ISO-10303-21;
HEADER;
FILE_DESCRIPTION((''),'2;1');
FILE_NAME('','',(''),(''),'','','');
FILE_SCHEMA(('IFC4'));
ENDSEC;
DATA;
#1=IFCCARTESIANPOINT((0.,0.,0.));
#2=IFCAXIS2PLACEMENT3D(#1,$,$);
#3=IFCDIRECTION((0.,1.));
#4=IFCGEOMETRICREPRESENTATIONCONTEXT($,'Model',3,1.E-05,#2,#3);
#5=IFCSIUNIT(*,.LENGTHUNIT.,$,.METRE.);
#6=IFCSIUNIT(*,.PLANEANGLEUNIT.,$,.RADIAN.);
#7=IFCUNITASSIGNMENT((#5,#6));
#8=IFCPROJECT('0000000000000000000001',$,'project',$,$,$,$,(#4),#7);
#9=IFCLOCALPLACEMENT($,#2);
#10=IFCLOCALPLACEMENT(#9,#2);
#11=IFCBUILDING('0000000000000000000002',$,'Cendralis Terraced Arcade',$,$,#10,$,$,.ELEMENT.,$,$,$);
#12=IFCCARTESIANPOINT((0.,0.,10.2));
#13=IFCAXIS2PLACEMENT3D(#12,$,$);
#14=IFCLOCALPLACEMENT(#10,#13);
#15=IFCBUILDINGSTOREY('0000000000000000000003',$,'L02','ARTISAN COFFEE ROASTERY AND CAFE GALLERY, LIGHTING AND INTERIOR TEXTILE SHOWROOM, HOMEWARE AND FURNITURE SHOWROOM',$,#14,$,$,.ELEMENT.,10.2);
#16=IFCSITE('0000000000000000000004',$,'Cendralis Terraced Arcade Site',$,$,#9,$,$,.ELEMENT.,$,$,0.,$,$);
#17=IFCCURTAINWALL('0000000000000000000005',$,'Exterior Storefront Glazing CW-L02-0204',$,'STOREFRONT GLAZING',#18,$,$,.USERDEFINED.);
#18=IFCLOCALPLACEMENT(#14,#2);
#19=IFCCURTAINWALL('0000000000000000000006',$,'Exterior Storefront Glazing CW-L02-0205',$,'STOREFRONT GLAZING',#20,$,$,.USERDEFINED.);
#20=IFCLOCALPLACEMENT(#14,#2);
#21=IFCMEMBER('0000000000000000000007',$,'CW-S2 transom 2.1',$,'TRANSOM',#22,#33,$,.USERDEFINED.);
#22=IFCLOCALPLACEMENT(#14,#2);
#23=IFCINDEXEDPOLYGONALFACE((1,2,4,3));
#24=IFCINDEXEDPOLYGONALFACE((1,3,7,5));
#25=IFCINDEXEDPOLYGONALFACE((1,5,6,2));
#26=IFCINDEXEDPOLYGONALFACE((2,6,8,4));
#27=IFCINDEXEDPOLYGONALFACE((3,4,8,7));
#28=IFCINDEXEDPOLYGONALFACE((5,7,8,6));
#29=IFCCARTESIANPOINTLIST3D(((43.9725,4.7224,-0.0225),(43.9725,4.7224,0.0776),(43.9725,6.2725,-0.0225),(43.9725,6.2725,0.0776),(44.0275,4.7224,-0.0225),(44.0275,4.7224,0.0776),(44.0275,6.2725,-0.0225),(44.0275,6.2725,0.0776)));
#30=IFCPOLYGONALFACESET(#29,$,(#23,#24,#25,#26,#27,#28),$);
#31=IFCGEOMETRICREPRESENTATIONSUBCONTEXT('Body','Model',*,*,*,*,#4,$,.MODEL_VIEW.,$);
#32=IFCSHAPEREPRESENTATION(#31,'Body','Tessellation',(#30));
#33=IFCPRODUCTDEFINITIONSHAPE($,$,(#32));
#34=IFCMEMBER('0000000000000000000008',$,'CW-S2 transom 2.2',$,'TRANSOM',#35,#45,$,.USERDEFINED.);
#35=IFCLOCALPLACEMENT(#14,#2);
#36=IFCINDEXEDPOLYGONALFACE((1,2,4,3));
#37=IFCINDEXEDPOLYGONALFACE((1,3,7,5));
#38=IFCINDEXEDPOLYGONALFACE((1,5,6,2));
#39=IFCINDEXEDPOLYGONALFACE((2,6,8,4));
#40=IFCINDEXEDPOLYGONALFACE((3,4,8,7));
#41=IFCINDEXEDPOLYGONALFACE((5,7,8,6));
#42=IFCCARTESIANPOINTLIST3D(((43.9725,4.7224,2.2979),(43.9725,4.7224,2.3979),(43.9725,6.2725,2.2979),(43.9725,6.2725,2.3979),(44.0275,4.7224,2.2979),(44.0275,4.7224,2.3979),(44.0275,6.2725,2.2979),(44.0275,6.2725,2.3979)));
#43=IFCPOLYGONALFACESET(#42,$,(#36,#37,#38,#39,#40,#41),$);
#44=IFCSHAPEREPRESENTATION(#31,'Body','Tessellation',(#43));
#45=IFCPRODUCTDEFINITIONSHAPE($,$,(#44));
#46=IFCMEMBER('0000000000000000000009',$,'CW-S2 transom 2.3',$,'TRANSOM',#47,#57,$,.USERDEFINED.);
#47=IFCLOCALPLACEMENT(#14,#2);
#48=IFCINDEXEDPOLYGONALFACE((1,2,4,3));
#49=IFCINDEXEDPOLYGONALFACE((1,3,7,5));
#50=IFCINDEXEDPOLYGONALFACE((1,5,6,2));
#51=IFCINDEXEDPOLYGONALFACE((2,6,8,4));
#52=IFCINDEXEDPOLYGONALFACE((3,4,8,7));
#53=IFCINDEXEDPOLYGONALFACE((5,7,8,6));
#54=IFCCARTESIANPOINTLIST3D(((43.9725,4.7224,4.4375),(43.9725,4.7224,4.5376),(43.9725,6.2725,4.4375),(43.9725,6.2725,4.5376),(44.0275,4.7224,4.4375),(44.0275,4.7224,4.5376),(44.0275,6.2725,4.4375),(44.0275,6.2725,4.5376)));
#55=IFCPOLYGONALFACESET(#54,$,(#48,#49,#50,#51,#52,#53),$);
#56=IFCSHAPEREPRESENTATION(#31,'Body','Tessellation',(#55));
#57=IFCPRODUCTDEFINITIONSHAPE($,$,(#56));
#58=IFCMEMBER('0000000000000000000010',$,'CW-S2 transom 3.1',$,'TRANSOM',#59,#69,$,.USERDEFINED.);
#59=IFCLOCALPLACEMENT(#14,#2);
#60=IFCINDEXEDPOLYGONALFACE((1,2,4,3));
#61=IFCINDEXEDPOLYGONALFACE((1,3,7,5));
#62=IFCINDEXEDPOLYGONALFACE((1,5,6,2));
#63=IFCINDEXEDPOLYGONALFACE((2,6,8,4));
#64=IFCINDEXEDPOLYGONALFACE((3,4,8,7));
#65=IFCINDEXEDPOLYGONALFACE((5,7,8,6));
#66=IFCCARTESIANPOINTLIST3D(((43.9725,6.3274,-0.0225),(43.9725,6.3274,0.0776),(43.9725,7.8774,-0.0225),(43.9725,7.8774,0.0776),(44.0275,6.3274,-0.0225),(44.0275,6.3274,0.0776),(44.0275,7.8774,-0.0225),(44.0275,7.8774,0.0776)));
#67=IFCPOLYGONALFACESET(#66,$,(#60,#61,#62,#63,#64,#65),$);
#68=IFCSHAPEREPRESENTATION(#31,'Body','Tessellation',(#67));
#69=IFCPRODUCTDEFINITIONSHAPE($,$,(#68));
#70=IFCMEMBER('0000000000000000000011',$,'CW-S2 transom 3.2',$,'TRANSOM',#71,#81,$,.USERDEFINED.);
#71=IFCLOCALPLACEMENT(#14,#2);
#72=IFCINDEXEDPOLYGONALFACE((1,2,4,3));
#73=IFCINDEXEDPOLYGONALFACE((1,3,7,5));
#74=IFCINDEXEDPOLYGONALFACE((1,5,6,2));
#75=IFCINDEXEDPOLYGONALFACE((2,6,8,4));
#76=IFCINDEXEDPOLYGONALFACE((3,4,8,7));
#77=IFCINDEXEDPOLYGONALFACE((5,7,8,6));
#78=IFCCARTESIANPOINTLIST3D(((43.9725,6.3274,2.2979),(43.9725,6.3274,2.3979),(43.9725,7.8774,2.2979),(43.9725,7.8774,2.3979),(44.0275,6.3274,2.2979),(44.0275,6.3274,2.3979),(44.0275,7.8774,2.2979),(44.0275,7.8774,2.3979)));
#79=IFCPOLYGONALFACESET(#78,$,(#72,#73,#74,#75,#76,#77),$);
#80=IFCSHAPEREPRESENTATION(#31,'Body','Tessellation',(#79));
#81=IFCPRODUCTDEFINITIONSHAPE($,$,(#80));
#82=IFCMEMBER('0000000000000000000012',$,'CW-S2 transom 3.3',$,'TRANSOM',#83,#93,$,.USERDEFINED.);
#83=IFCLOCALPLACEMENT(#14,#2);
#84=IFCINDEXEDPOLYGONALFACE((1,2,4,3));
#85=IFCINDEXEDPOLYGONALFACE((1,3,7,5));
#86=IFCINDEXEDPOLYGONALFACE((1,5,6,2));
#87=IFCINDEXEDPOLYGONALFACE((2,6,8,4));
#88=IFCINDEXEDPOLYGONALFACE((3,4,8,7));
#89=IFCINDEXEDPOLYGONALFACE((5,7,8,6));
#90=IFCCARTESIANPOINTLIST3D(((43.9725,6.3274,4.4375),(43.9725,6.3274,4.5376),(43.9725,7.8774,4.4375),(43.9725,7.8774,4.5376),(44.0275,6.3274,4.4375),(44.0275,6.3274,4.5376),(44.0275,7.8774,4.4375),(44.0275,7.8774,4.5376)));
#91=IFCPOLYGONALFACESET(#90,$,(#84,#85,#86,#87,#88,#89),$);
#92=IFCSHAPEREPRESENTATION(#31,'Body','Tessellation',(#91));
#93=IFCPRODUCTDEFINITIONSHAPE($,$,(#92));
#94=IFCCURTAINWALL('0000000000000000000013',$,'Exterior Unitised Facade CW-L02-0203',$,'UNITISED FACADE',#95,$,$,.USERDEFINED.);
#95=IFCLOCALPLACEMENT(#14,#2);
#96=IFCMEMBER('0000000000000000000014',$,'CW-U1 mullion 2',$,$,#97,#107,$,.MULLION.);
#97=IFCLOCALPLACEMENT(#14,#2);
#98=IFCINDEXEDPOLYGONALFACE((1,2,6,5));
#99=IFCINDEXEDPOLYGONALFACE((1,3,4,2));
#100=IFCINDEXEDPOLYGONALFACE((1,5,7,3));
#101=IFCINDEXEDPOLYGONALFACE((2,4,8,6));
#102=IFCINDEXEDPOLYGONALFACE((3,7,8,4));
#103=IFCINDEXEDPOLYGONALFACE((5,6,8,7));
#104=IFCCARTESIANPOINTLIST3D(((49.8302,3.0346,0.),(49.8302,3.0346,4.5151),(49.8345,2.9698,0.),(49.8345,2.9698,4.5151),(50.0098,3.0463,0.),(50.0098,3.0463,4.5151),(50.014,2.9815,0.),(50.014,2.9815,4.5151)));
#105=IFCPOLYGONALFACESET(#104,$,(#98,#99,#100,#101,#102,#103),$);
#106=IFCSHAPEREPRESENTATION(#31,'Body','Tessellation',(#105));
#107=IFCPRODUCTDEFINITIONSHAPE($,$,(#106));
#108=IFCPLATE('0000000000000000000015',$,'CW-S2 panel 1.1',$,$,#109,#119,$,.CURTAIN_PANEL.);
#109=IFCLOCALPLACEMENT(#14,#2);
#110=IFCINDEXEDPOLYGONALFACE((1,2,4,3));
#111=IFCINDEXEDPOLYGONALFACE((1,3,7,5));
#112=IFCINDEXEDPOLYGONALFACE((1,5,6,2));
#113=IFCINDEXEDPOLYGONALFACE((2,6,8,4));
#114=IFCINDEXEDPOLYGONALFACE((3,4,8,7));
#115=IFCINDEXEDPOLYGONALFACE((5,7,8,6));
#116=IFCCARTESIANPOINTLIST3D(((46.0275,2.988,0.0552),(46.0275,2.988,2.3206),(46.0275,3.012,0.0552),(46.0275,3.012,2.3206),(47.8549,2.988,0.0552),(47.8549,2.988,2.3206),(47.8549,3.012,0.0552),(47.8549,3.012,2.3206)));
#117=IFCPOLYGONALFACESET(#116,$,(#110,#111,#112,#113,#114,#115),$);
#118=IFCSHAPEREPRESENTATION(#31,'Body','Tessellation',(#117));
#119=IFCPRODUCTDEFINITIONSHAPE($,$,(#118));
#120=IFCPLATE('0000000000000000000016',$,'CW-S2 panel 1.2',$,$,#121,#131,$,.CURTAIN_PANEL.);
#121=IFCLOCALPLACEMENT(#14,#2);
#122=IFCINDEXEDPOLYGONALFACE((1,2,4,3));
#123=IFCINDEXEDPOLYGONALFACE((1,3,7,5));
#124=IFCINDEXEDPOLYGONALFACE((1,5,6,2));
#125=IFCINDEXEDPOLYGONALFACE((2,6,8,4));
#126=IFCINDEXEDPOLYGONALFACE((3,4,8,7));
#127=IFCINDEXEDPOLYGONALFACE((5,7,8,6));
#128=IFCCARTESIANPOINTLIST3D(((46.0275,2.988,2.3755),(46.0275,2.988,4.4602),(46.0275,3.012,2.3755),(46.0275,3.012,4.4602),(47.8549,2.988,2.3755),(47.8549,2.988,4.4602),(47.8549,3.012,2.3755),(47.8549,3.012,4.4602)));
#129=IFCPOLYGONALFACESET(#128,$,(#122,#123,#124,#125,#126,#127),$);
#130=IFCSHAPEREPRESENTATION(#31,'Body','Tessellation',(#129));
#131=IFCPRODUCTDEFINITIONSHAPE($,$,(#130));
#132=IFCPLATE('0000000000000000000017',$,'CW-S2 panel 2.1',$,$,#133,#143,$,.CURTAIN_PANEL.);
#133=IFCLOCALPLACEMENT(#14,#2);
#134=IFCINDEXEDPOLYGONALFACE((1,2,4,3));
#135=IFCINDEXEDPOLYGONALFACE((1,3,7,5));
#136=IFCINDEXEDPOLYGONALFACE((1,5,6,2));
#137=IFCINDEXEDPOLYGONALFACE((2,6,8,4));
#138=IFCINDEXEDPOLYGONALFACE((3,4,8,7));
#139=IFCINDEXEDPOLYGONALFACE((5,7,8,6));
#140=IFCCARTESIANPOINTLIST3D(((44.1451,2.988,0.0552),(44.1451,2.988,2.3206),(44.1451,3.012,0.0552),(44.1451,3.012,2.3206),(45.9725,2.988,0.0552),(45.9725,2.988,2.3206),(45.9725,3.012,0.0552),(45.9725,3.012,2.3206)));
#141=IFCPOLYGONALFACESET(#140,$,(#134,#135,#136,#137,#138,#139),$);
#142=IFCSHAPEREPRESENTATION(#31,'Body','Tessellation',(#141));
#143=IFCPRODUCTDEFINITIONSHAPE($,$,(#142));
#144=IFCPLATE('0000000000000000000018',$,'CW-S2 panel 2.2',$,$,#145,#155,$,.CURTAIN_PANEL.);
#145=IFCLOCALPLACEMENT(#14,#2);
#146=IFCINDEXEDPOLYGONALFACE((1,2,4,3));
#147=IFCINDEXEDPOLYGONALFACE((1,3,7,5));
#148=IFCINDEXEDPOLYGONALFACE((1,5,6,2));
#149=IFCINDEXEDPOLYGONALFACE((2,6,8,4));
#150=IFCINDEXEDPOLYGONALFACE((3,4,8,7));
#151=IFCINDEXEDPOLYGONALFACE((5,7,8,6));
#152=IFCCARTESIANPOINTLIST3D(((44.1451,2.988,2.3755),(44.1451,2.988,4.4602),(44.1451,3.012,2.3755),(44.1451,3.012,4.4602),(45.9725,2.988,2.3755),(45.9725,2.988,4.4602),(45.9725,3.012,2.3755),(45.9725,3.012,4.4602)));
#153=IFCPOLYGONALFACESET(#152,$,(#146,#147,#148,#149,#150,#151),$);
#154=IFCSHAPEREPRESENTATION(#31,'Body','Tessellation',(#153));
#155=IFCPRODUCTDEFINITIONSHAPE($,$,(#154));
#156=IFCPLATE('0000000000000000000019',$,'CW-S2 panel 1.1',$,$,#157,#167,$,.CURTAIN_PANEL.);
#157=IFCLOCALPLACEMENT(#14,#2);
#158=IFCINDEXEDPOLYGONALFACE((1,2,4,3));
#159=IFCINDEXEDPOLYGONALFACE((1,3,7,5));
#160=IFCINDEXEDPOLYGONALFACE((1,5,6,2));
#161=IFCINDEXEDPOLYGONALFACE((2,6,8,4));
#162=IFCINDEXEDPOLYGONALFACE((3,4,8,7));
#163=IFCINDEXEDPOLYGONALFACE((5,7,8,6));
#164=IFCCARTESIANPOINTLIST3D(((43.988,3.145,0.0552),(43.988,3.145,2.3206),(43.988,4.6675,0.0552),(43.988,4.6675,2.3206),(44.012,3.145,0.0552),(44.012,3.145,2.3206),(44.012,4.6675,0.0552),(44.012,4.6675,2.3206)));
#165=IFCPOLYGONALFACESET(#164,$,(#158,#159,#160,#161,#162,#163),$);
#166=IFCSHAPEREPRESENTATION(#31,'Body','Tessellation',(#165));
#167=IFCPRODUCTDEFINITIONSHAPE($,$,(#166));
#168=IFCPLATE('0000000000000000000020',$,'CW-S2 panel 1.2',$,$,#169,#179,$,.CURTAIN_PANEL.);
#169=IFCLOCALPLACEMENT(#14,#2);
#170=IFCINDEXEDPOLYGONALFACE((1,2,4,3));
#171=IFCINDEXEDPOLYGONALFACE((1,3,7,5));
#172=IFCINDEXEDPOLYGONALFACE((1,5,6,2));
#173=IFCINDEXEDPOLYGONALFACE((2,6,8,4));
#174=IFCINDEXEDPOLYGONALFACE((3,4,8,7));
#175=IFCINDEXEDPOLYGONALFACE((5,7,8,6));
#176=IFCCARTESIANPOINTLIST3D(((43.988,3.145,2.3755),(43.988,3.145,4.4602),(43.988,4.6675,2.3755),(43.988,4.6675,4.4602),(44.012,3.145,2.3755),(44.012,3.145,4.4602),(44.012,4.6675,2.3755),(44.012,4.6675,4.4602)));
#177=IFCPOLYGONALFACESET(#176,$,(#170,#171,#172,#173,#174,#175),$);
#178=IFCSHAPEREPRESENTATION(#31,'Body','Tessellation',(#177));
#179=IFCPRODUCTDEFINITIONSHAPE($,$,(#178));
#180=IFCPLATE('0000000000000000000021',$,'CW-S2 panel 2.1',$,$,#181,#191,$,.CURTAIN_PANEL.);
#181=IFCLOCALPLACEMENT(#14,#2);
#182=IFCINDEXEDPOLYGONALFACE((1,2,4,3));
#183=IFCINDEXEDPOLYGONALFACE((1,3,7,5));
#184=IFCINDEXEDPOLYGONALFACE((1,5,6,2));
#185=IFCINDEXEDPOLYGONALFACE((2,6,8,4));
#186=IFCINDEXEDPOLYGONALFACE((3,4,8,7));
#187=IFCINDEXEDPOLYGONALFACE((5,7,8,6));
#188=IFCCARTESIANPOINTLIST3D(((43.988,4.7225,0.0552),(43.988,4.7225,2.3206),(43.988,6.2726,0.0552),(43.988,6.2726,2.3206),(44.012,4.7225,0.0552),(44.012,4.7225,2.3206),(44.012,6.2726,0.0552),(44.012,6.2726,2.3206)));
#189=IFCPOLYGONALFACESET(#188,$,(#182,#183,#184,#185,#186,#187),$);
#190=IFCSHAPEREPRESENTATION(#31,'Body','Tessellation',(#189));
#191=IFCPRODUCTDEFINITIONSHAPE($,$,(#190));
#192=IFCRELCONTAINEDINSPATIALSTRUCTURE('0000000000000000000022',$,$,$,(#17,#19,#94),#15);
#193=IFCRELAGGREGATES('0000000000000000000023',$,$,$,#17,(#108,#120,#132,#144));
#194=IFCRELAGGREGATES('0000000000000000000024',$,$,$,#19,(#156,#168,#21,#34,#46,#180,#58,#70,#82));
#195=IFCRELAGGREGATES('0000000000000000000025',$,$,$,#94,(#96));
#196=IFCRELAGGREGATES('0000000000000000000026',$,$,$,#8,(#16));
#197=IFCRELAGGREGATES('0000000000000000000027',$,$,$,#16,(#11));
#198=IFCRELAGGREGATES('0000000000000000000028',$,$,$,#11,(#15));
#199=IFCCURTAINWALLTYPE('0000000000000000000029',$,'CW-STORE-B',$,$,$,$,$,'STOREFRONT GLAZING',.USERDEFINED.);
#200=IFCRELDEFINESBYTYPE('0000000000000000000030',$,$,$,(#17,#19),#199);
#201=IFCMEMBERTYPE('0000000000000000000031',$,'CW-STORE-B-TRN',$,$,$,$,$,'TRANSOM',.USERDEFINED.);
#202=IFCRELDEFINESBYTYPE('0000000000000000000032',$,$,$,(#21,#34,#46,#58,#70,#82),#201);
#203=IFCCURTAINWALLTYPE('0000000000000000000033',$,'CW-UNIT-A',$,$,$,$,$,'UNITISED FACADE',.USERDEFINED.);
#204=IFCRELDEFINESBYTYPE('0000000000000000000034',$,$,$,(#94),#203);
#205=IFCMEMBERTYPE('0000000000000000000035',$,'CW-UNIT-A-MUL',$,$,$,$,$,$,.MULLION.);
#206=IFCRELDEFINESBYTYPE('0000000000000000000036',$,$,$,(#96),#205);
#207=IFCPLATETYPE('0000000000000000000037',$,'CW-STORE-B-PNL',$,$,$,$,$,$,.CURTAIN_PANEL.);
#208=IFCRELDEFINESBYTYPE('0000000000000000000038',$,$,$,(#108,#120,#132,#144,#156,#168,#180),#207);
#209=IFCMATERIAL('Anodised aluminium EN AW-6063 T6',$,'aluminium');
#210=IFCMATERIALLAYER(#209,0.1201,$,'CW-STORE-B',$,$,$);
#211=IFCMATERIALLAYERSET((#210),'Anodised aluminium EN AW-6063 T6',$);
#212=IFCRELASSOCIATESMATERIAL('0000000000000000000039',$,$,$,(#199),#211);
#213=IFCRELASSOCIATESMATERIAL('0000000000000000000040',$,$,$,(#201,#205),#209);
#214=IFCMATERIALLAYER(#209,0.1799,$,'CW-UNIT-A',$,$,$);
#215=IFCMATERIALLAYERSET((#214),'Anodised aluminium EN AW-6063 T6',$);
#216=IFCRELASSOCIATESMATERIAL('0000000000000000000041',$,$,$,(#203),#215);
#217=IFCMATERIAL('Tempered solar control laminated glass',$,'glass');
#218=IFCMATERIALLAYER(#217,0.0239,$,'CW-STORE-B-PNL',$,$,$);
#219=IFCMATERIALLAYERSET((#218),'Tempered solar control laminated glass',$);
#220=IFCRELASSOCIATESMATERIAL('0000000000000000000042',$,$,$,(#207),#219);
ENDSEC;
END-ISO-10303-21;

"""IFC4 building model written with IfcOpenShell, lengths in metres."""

from ifc_helpers import new_model, si_unit, direction, frame, origin, origin_2d, place, context, subcontext, project, spatial, rectangle, extrude, material, layer, layer_set, material_profile, profile_set, type_object, element, aggregate, save


model = new_model("IFC4")

# Units and contexts
model_context = context("Model", 3, precision=1e-05, world=origin(), true_north=direction((0.0, 1.0)))
body_context = subcontext(model_context, "Body", "Model", "MODEL_VIEW")
ifc_project = project(units=[si_unit("LENGTHUNIT", "METRE"), si_unit("PLANEANGLEUNIT", "RADIAN")], contexts=[model_context])

# Site, building, storey
site_placement = place(None, origin())
site = spatial("IfcSite", under=ifc_project, at=site_placement, Name="Cendralis Terraced Arcade Site", CompositionType="ELEMENT", RefElevation=0.0)
building_placement = place(site_placement, origin())
building = spatial("IfcBuilding", under=site, at=building_placement, Name="Cendralis Terraced Arcade", CompositionType="ELEMENT")
storey_placement = place(building_placement, frame((0.0, 0.0, 10.2)))
storey = spatial("IfcBuildingStorey", under=building, at=storey_placement, Name="L02", Description="ARTISAN COFFEE ROASTERY AND CAFE GALLERY, LIGHTING AND INTERIOR TEXTILE SHOWROOM, HOMEWARE AND FURNITURE SHOWROOM", CompositionType="ELEMENT", Elevation=10.2)

# Curtain walls
ifc_material_1 = material(Name="Anodised aluminium EN AW-6063 T6", Category="aluminium")
ifc_layer_1 = layer(ifc_material_1, 0.1201, Name="CW-STORE-B")
ifc_layer_set_1 = layer_set([ifc_layer_1], Name="Anodised aluminium EN AW-6063 T6")
curtain_wall_type_1 = type_object("IfcCurtainWallType", Name="CW-STORE-B", ElementType="STOREFRONT GLAZING", PredefinedType="USERDEFINED", material=ifc_layer_set_1)
curtain_wall_1_placement = place(storey_placement, origin())
curtain_wall_1 = element("IfcCurtainWall", 1, at=curtain_wall_1_placement, inside=storey, type_object=curtain_wall_type_1, Name="Exterior Storefront Glazing CW-L02-0204", ObjectType="STOREFRONT GLAZING", PredefinedType="USERDEFINED")
curtain_wall_2_placement = place(storey_placement, origin())
curtain_wall_2 = element("IfcCurtainWall", 2, at=curtain_wall_2_placement, inside=storey, type_object=curtain_wall_type_1, Name="Exterior Storefront Glazing CW-L02-0205", ObjectType="STOREFRONT GLAZING", PredefinedType="USERDEFINED")

# Members
ifc_material_profile_1 = material_profile(ifc_material_1, rectangle(XDim=0.0549, YDim=0.1001, at=origin_2d()), Name="ALU-TRN-55x100")
ifc_profile_set_1 = profile_set([ifc_material_profile_1], Name="Anodised aluminium EN AW-6063 T6")
member_type_1 = type_object("IfcMemberType", Name="CW-STORE-B-TRN", ElementType="TRANSOM", PredefinedType="USERDEFINED", material=ifc_profile_set_1)
member_1_placement = place(storey_placement, frame((44.0, 4.7224, 0.0276), z_axis=(0.0, 1.0, 0.0), x_axis=(-1.0, 0.0, 0.0)))
member_1 = element("IfcMember", 3, at=member_1_placement, type_object=member_type_1, Name="CW-S2 transom 2.1", ObjectType="TRANSOM", PredefinedType="USERDEFINED", context=body_context, shape_type="SweptSolid", body=[
    extrude(rectangle(XDim=0.0549, YDim=0.1001, at=origin_2d()), origin(), (0.0, 0.0, 1.0), 1.55),
])
member_2_placement = place(storey_placement, frame((44.0, 4.7224, 2.3479), z_axis=(0.0, 1.0, 0.0), x_axis=(-1.0, 0.0, 0.0)))
member_2 = element("IfcMember", 4, at=member_2_placement, type_object=member_type_1, Name="CW-S2 transom 2.2", ObjectType="TRANSOM", PredefinedType="USERDEFINED", context=body_context, shape_type="SweptSolid", body=[
    extrude(rectangle(XDim=0.0549, YDim=0.1001, at=origin_2d()), origin(), (0.0, 0.0, 1.0), 1.55),
])
member_3_placement = place(storey_placement, frame((44.0, 4.7224, 4.4875), z_axis=(0.0, 1.0, 0.0), x_axis=(-1.0, 0.0, 0.0)))
member_3 = element("IfcMember", 5, at=member_3_placement, type_object=member_type_1, Name="CW-S2 transom 2.3", ObjectType="TRANSOM", PredefinedType="USERDEFINED", context=body_context, shape_type="SweptSolid", body=[
    extrude(rectangle(XDim=0.0549, YDim=0.1001, at=origin_2d()), origin(), (0.0, 0.0, 1.0), 1.55),
])
member_4_placement = place(storey_placement, frame((44.0, 6.3274, 0.0276), z_axis=(0.0, 1.0, 0.0), x_axis=(-1.0, 0.0, 0.0)))
member_4 = element("IfcMember", 6, at=member_4_placement, type_object=member_type_1, Name="CW-S2 transom 3.1", ObjectType="TRANSOM", PredefinedType="USERDEFINED", context=body_context, shape_type="SweptSolid", body=[
    extrude(rectangle(XDim=0.0549, YDim=0.1001, at=origin_2d()), origin(), (0.0, 0.0, 1.0), 1.55),
])
member_5_placement = place(storey_placement, frame((44.0, 6.3274, 2.3479), z_axis=(0.0, 1.0, 0.0), x_axis=(-1.0, 0.0, 0.0)))
member_5 = element("IfcMember", 7, at=member_5_placement, type_object=member_type_1, Name="CW-S2 transom 3.2", ObjectType="TRANSOM", PredefinedType="USERDEFINED", context=body_context, shape_type="SweptSolid", body=[
    extrude(rectangle(XDim=0.0549, YDim=0.1001, at=origin_2d()), origin(), (0.0, 0.0, 1.0), 1.55),
])
member_6_placement = place(storey_placement, frame((44.0, 6.3274, 4.4875), z_axis=(0.0, 1.0, 0.0), x_axis=(-1.0, 0.0, 0.0)))
member_6 = element("IfcMember", 8, at=member_6_placement, type_object=member_type_1, Name="CW-S2 transom 3.3", ObjectType="TRANSOM", PredefinedType="USERDEFINED", context=body_context, shape_type="SweptSolid", body=[
    extrude(rectangle(XDim=0.0549, YDim=0.1001, at=origin_2d()), origin(), (0.0, 0.0, 1.0), 1.55),
])

# Curtain wall, member
ifc_layer_2 = layer(ifc_material_1, 0.1799, Name="CW-UNIT-A")
ifc_layer_set_2 = layer_set([ifc_layer_2], Name="Anodised aluminium EN AW-6063 T6")
curtain_wall_type_2 = type_object("IfcCurtainWallType", Name="CW-UNIT-A", ElementType="UNITISED FACADE", PredefinedType="USERDEFINED", material=ifc_layer_set_2)
curtain_wall_3_placement = place(storey_placement, origin())
curtain_wall_3 = element("IfcCurtainWall", 9, at=curtain_wall_3_placement, inside=storey, type_object=curtain_wall_type_2, Name="Exterior Unitised Facade CW-L02-0203", ObjectType="UNITISED FACADE", PredefinedType="USERDEFINED")
ifc_material_profile_2 = material_profile(ifc_material_1, rectangle(XDim=0.0649, YDim=0.1799, at=origin_2d()), Name="ALU-MUL-65x180")
ifc_profile_set_2 = profile_set([ifc_material_profile_2], Name="Anodised aluminium EN AW-6063 T6")
member_type_2 = type_object("IfcMemberType", Name="CW-UNIT-A-MUL", PredefinedType="MULLION", material=ifc_profile_set_2)
member_7_placement = place(storey_placement, frame((49.9221, 3.0081, 0.0), z_axis=(0.0, 0.0, 1.0), x_axis=(0.065372, -0.997861, 0.0)))
member_7 = element("IfcMember", 10, at=member_7_placement, type_object=member_type_2, Name="CW-U1 mullion 2", PredefinedType="MULLION", context=body_context, shape_type="SweptSolid", body=[
    extrude(rectangle(XDim=0.0649, YDim=0.1799, at=origin_2d()), origin(), (0.0, 0.0, 1.0), 4.5151),
])

# Plates
ifc_material_2 = material(Name="Tempered solar control laminated glass", Category="glass")
ifc_layer_3 = layer(ifc_material_2, 0.0239, Name="CW-STORE-B-PNL")
ifc_layer_set_3 = layer_set([ifc_layer_3], Name="Tempered solar control laminated glass")
plate_type_1 = type_object("IfcPlateType", Name="CW-STORE-B-PNL", PredefinedType="CURTAIN_PANEL", material=ifc_layer_set_3)
plate_1_placement = place(storey_placement, frame((46.9412, 3.0, 0.0552), z_axis=(0.0, 0.0, 1.0), x_axis=(-1.0, 0.0, 0.0)))
plate_1 = element("IfcPlate", 11, at=plate_1_placement, type_object=plate_type_1, Name="CW-S2 panel 1.1", PredefinedType="CURTAIN_PANEL", context=body_context, shape_type="SweptSolid", body=[
    extrude(rectangle(XDim=1.8274, YDim=0.0239, at=origin_2d()), origin(), (0.0, 0.0, 1.0), 2.2654),
])
plate_2_placement = place(storey_placement, frame((46.9412, 3.0, 2.3755), z_axis=(0.0, 0.0, 1.0), x_axis=(-1.0, 0.0, 0.0)))
plate_2 = element("IfcPlate", 12, at=plate_2_placement, type_object=plate_type_1, Name="CW-S2 panel 1.2", PredefinedType="CURTAIN_PANEL", context=body_context, shape_type="SweptSolid", body=[
    extrude(rectangle(XDim=1.8274, YDim=0.0239, at=origin_2d()), origin(), (0.0, 0.0, 1.0), 2.0847),
])
plate_3_placement = place(storey_placement, frame((45.0588, 3.0, 0.0552), z_axis=(0.0, 0.0, 1.0), x_axis=(-1.0, 0.0, 0.0)))
plate_3 = element("IfcPlate", 13, at=plate_3_placement, type_object=plate_type_1, Name="CW-S2 panel 2.1", PredefinedType="CURTAIN_PANEL", context=body_context, shape_type="SweptSolid", body=[
    extrude(rectangle(XDim=1.8274, YDim=0.0239, at=origin_2d()), origin(), (0.0, 0.0, 1.0), 2.2654),
])
plate_4_placement = place(storey_placement, frame((45.0588, 3.0, 2.3755), z_axis=(0.0, 0.0, 1.0), x_axis=(-1.0, 0.0, 0.0)))
plate_4 = element("IfcPlate", 14, at=plate_4_placement, type_object=plate_type_1, Name="CW-S2 panel 2.2", PredefinedType="CURTAIN_PANEL", context=body_context, shape_type="SweptSolid", body=[
    extrude(rectangle(XDim=1.8274, YDim=0.0239, at=origin_2d()), origin(), (0.0, 0.0, 1.0), 2.0847),
])
aggregate(curtain_wall_1, [plate_1, plate_2, plate_3, plate_4])
plate_5_placement = place(storey_placement, frame((44.0, 3.9062, 0.0552), z_axis=(0.0, 0.0, 1.0), x_axis=(0.0, 1.0, 0.0)))
plate_5 = element("IfcPlate", 15, at=plate_5_placement, type_object=plate_type_1, Name="CW-S2 panel 1.1", PredefinedType="CURTAIN_PANEL", context=body_context, shape_type="SweptSolid", body=[
    extrude(rectangle(XDim=1.5225, YDim=0.0239, at=origin_2d()), origin(), (0.0, 0.0, 1.0), 2.2654),
])
plate_6_placement = place(storey_placement, frame((44.0, 3.9062, 2.3755), z_axis=(0.0, 0.0, 1.0), x_axis=(0.0, 1.0, 0.0)))
plate_6 = element("IfcPlate", 16, at=plate_6_placement, type_object=plate_type_1, Name="CW-S2 panel 1.2", PredefinedType="CURTAIN_PANEL", context=body_context, shape_type="SweptSolid", body=[
    extrude(rectangle(XDim=1.5225, YDim=0.0239, at=origin_2d()), origin(), (0.0, 0.0, 1.0), 2.0847),
])
plate_7_placement = place(storey_placement, frame((44.0, 5.4976, 0.0552), z_axis=(0.0, 0.0, 1.0), x_axis=(0.0, 1.0, 0.0)))
plate_7 = element("IfcPlate", 17, at=plate_7_placement, type_object=plate_type_1, Name="CW-S2 panel 2.1", PredefinedType="CURTAIN_PANEL", context=body_context, shape_type="SweptSolid", body=[
    extrude(rectangle(XDim=1.55, YDim=0.0239, at=origin_2d()), origin(), (0.0, 0.0, 1.0), 2.2654),
])
aggregate(curtain_wall_2, [plate_5, plate_6, member_1, member_2, member_3, plate_7, member_4, member_5, member_6])
aggregate(curtain_wall_3, [member_7])

save(model, "model.ifc")
